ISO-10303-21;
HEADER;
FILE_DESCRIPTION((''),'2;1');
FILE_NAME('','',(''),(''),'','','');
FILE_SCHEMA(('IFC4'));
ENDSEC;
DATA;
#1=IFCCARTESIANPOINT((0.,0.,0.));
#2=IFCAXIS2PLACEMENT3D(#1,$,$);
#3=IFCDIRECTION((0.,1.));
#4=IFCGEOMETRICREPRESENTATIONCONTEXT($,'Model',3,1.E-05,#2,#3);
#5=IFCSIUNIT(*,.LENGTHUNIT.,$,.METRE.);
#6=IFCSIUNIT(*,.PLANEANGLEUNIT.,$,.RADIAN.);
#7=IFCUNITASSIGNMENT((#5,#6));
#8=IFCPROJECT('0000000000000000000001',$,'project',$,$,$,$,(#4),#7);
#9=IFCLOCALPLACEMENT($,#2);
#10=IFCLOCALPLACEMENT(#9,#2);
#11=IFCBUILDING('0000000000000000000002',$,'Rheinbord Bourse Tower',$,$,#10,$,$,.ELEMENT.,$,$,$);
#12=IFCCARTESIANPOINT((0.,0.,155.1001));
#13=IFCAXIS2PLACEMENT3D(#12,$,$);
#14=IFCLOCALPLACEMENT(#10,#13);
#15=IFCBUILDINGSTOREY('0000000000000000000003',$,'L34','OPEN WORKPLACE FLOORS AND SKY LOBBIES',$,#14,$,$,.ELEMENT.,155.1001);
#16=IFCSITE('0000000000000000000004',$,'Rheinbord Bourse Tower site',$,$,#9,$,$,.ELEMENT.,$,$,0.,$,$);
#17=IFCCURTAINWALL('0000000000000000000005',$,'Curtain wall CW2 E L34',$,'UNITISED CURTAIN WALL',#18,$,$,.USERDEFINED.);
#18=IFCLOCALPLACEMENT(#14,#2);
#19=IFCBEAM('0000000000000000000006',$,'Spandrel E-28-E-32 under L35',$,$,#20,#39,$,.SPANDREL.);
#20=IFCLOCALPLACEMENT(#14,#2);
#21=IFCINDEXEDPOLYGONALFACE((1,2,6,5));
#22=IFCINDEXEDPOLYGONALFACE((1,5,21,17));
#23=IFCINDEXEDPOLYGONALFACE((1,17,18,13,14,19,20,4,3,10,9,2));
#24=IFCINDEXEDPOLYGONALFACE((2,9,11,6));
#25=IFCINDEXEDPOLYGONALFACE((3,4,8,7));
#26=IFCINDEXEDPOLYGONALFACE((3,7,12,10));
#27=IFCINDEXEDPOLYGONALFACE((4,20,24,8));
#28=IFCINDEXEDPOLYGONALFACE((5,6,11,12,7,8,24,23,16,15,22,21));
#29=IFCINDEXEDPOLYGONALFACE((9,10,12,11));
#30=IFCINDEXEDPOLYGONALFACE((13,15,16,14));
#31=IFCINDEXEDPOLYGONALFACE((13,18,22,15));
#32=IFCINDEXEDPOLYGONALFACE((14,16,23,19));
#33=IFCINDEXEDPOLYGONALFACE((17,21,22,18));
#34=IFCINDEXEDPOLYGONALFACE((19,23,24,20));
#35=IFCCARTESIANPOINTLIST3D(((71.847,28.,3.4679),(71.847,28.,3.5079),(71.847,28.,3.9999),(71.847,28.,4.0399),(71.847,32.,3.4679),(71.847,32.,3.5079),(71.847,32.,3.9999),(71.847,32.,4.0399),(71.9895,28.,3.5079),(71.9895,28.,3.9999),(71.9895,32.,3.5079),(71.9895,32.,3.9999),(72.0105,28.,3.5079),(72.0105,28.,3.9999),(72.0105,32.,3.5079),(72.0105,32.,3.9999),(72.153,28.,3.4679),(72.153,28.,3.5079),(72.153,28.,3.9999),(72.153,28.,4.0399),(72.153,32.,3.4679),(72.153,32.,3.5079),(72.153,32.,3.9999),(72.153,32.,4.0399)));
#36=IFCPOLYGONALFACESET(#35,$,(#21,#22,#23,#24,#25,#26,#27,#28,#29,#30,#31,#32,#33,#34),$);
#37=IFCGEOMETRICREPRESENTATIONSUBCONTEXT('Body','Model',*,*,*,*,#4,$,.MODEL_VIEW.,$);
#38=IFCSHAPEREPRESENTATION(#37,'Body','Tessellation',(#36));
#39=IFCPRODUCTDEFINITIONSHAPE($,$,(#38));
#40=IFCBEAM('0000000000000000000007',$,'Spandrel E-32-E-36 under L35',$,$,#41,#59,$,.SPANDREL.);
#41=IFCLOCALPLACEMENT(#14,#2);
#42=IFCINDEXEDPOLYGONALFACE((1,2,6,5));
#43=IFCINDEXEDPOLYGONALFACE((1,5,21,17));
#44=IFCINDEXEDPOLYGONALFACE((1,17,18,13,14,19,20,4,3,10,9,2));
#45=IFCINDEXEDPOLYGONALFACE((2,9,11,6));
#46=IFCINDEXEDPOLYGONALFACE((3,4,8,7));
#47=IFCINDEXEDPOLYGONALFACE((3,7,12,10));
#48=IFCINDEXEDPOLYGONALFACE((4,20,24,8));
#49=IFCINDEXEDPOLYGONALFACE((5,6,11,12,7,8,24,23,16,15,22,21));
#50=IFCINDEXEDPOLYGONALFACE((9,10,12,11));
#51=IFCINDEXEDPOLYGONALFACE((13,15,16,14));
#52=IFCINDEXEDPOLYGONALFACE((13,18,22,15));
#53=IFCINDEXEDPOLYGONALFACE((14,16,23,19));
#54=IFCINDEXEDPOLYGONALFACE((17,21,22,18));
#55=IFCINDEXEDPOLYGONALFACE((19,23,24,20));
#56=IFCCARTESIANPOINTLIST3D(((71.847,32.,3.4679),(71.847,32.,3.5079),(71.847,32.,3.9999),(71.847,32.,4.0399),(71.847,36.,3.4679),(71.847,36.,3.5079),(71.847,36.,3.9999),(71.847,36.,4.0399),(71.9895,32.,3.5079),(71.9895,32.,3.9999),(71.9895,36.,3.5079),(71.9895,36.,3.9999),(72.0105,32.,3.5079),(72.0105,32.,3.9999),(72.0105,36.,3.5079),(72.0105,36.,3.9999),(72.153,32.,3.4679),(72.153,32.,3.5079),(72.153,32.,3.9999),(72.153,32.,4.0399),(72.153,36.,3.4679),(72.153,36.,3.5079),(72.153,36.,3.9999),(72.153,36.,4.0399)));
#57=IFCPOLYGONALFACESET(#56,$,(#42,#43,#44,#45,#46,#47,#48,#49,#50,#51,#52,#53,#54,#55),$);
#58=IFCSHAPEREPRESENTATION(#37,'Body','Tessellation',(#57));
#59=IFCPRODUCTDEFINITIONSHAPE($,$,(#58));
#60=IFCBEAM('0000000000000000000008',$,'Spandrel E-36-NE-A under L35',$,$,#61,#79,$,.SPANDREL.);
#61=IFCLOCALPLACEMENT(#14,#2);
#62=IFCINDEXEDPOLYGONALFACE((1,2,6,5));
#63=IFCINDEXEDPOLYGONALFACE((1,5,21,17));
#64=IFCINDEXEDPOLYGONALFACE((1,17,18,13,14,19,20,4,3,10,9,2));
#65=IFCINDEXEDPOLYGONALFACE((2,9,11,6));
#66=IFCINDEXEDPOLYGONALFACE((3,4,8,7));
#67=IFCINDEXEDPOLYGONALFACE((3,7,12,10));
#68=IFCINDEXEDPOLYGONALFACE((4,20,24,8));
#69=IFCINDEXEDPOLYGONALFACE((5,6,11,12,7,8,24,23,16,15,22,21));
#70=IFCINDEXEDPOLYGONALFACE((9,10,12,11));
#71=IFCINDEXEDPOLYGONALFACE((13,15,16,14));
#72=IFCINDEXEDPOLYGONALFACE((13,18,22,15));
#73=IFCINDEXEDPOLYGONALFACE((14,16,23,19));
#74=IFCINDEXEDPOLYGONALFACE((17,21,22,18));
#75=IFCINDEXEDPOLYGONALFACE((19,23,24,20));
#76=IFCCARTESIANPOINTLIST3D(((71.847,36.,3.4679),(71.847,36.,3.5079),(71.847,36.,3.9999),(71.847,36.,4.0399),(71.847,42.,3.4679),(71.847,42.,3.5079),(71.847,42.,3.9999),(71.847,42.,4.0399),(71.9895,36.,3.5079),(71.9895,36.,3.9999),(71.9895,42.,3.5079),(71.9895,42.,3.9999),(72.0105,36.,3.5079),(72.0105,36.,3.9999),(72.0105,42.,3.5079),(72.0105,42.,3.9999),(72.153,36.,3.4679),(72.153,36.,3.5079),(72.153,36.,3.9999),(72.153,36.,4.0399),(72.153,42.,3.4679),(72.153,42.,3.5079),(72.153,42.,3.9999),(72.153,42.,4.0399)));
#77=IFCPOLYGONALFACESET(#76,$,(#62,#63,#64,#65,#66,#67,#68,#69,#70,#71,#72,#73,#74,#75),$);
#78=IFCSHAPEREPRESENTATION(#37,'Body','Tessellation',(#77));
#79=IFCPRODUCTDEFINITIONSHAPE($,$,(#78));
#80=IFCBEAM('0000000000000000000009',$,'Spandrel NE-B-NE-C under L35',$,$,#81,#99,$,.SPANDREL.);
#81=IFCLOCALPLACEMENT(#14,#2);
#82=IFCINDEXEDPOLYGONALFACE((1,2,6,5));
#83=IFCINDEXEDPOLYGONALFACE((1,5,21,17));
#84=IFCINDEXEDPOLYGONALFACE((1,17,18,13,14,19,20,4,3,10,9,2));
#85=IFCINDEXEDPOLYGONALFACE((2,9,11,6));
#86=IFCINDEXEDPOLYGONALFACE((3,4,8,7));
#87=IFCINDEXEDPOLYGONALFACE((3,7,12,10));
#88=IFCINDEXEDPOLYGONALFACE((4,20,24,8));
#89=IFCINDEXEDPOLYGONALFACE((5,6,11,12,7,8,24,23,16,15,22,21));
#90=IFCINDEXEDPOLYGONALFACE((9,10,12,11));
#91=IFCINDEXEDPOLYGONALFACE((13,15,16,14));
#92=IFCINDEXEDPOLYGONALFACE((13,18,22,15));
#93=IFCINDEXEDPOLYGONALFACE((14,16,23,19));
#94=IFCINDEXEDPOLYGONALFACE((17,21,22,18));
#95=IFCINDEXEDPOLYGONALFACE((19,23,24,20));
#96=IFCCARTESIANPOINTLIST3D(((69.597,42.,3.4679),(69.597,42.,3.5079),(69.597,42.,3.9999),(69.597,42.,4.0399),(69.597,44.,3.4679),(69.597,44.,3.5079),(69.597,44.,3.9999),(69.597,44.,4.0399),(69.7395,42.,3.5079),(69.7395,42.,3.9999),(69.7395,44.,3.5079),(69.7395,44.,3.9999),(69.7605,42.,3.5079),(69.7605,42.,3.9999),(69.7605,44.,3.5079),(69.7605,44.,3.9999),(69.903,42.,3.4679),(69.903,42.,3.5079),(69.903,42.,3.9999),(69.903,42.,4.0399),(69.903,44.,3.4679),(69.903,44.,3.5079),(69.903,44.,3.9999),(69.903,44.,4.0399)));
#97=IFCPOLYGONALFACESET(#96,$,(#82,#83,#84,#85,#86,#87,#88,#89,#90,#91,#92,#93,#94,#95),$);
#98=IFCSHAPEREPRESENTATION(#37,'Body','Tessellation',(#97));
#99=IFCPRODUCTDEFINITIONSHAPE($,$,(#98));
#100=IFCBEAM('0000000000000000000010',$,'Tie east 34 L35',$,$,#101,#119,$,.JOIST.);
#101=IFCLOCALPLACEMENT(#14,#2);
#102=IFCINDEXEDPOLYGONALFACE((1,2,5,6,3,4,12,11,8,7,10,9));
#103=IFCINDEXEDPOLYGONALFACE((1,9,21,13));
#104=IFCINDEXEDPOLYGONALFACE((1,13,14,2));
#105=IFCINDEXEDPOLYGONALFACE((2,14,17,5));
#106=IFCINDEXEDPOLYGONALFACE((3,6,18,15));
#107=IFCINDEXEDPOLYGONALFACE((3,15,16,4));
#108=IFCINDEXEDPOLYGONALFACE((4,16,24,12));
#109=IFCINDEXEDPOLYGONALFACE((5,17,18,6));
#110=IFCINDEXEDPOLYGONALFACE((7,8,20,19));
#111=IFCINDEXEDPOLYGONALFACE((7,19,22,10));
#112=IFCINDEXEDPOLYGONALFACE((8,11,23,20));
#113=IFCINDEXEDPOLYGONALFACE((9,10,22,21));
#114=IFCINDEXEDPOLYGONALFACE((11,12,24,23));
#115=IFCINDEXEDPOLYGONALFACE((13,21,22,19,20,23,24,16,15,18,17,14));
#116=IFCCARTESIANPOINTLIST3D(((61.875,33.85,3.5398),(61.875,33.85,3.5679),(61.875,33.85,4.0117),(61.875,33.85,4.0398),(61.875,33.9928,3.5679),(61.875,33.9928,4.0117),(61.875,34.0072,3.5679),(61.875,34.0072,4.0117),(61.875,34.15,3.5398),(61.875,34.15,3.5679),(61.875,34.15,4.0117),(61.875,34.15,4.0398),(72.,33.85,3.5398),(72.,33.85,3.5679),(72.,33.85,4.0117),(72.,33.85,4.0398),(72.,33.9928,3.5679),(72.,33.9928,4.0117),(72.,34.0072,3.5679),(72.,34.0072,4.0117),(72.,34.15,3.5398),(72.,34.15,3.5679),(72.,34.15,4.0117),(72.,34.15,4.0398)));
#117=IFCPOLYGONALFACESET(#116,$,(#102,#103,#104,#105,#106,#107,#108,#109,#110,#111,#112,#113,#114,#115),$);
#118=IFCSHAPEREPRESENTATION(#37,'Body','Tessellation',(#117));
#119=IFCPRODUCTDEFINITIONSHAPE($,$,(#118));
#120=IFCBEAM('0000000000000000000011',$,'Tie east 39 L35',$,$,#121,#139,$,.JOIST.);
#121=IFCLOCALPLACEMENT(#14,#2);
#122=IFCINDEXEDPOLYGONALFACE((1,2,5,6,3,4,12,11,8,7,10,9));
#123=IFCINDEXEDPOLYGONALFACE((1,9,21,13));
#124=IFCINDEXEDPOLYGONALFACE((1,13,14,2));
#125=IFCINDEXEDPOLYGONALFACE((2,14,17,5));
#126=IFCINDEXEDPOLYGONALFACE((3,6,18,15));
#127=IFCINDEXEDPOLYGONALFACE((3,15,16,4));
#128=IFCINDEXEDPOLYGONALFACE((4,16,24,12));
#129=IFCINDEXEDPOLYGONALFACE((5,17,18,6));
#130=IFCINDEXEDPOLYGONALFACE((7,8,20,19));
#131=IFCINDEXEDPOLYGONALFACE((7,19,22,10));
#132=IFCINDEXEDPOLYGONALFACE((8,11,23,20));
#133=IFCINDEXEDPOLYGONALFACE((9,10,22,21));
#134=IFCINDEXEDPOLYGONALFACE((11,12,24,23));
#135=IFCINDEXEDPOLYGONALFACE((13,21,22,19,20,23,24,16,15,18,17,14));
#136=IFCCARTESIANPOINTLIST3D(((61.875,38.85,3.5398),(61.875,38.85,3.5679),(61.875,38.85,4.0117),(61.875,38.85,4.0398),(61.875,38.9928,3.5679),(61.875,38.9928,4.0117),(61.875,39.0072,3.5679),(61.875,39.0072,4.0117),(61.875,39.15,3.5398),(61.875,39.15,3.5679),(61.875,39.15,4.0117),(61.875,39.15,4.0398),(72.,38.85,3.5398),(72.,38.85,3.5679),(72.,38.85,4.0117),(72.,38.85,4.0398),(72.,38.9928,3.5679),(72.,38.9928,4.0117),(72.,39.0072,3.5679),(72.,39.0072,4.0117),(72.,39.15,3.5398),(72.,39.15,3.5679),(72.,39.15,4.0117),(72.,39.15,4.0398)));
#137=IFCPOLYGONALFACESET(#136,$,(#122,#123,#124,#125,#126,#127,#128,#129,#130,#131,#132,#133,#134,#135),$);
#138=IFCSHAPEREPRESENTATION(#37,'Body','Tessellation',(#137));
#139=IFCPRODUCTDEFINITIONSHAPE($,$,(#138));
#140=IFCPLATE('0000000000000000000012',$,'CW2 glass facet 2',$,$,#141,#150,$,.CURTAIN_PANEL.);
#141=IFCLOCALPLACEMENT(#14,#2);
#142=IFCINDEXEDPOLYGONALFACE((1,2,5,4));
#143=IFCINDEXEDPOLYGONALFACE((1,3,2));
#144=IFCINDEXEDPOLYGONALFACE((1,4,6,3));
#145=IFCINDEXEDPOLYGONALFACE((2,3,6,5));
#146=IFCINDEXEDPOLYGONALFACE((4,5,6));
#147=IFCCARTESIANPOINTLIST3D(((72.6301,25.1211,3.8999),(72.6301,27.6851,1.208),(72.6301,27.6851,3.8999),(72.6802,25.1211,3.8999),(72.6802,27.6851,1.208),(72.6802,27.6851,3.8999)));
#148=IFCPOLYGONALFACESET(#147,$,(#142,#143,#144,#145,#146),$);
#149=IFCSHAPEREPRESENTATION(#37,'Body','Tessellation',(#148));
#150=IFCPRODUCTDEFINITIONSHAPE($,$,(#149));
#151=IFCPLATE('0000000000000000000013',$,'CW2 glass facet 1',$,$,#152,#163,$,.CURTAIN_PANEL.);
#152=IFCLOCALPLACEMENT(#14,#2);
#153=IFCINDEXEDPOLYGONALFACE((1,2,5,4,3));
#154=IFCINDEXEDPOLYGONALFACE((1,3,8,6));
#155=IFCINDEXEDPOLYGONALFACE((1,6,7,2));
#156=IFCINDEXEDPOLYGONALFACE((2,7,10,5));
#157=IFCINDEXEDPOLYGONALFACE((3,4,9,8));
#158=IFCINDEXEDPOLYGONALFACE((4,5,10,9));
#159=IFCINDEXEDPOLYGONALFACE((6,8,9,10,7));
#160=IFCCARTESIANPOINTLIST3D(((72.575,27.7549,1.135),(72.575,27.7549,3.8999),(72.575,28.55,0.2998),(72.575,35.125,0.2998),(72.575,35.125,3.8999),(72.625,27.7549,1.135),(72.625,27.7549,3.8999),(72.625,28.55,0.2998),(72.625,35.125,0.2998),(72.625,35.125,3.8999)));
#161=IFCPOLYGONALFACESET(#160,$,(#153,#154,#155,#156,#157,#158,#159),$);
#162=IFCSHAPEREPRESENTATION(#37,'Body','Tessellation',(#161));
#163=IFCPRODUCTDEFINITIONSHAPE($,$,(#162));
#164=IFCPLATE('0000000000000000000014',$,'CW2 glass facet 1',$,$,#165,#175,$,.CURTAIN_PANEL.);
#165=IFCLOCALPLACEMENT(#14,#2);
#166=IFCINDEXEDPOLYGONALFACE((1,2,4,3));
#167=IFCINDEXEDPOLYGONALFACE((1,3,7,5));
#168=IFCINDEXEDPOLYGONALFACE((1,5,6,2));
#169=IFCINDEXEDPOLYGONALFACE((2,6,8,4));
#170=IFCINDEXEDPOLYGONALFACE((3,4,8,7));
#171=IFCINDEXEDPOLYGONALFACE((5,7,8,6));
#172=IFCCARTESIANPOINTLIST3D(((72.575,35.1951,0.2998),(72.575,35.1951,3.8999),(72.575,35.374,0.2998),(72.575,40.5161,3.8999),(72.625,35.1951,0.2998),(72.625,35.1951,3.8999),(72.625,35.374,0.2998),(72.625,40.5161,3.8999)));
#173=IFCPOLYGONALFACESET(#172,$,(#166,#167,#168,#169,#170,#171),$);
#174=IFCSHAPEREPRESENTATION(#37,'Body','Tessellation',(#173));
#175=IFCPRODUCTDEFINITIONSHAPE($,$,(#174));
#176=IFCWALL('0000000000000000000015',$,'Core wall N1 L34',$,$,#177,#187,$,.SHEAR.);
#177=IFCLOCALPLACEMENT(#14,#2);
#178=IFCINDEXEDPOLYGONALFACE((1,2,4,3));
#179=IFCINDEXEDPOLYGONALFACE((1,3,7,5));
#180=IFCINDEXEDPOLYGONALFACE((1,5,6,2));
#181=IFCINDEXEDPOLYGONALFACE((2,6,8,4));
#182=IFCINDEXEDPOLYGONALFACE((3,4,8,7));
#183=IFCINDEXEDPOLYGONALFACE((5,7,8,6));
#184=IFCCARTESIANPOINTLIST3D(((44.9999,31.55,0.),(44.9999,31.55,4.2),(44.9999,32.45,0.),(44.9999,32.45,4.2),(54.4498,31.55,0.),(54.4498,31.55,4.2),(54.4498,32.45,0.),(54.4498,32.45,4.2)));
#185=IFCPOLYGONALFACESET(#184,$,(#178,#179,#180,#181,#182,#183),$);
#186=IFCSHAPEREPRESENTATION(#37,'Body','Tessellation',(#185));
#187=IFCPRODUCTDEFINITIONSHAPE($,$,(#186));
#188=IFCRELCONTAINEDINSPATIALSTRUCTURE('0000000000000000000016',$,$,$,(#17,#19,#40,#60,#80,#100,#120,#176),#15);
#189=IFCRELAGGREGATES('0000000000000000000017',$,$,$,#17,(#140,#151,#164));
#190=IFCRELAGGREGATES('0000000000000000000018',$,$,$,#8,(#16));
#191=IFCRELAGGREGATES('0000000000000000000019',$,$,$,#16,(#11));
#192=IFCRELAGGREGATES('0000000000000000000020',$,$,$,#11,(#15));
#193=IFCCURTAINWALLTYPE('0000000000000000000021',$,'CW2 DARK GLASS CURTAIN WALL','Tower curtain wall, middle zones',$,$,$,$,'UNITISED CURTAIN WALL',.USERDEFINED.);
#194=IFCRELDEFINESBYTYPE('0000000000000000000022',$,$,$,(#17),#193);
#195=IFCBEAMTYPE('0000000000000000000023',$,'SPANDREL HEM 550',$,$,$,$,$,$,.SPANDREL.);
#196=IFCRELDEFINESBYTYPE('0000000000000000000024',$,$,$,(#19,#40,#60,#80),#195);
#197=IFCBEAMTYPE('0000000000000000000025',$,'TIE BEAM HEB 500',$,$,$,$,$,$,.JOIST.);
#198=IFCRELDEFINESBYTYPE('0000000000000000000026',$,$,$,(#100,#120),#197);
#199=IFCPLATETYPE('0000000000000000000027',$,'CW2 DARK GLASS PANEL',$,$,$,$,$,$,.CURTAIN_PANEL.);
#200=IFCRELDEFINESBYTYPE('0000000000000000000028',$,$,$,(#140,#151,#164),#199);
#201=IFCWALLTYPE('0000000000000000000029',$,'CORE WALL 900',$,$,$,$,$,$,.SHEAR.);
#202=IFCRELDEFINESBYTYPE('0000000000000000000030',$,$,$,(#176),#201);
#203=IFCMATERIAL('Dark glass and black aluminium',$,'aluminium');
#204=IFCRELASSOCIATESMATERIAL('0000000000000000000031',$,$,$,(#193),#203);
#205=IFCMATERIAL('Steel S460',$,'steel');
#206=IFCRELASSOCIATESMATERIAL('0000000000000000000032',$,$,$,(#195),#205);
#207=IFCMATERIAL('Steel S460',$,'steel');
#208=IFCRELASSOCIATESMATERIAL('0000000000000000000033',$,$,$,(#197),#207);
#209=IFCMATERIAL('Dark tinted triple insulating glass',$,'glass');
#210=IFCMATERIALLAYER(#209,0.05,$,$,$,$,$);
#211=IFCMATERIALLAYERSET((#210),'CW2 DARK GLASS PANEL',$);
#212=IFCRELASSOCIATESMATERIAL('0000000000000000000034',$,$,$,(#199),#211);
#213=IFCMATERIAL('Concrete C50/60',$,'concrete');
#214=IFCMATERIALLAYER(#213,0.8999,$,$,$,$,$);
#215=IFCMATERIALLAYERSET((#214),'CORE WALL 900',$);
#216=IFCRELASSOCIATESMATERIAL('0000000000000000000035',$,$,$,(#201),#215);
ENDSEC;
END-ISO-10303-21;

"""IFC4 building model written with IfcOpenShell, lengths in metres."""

from ifc_helpers import new_model, si_unit, direction, frame, frame_2d, origin, origin_2d, place, context, subcontext, project, spatial, polyline, rectangle, i_section, outline, extrude, material, layer, layer_set, material_profile, profile_set, type_object, element, aggregate, save


model = new_model("IFC4")

# Units and contexts
model_context = context("Model", 3, precision=1e-05, world=origin(), true_north=direction((0.0, 1.0)))
body_context = subcontext(model_context, "Body", "Model", "MODEL_VIEW")
ifc_project = project(units=[si_unit("LENGTHUNIT", "METRE"), si_unit("PLANEANGLEUNIT", "RADIAN")], contexts=[model_context])

# Site, building, storey
site_placement = place(None, origin())
site = spatial("IfcSite", under=ifc_project, at=site_placement, Name="Rheinbord Bourse Tower site", CompositionType="ELEMENT", RefElevation=0.0)
building_placement = place(site_placement, origin())
building = spatial("IfcBuilding", under=site, at=building_placement, Name="Rheinbord Bourse Tower", CompositionType="ELEMENT")
storey_placement = place(building_placement, frame((0.0, 0.0, 155.1001)))
storey = spatial("IfcBuildingStorey", under=building, at=storey_placement, Name="L34", Description="OPEN WORKPLACE FLOORS AND SKY LOBBIES", CompositionType="ELEMENT", Elevation=155.1001)

# Curtain wall
ifc_material_1 = material(Name="Dark glass and black aluminium", Category="aluminium")
curtain_wall_type = type_object("IfcCurtainWallType", Name="CW2 DARK GLASS CURTAIN WALL", Description="Tower curtain wall, middle zones", ElementType="UNITISED CURTAIN WALL", PredefinedType="USERDEFINED", material=ifc_material_1)
curtain_wall_placement = place(storey_placement, origin())
curtain_wall = element("IfcCurtainWall", 1, at=curtain_wall_placement, inside=storey, type_object=curtain_wall_type, Name="Curtain wall CW2 E L34", ObjectType="UNITISED CURTAIN WALL", PredefinedType="USERDEFINED")

# Beams
ifc_material_2 = material(Name="Steel S460", Category="steel")
ifc_material_profile_1 = material_profile(ifc_material_2, i_section(OverallWidth=0.3059, OverallDepth=0.572, WebThickness=0.021, FlangeThickness=0.04, at=origin_2d()), Name="HEM 550")
ifc_profile_set_1 = profile_set([ifc_material_profile_1], Name="Steel S460")
beam_type_1 = type_object("IfcBeamType", Name="SPANDREL HEM 550", PredefinedType="SPANDREL", material=ifc_profile_set_1)
for number, where, z_axis, x_axis, name in (
    (2, (72.0, 28.0, 3.7539), (0.0, 1.0, 0.0), (-1.0, 0.0, 0.0), "Spandrel E-28-E-32 under L35"),
    (3, (72.0, 32.0, 3.7539), (0.0, 1.0, 0.0), (-1.0, 0.0, 0.0), "Spandrel E-32-E-36 under L35"),
):
    element("IfcBeam", number, at=place(storey_placement, frame(where, z_axis=z_axis, x_axis=x_axis)), inside=storey, type_object=beam_type_1, Name=name, PredefinedType="SPANDREL", context=body_context, shape_type="SweptSolid", body=[
        extrude(i_section(OverallWidth=0.3059, OverallDepth=0.572, WebThickness=0.021, FlangeThickness=0.04, at=origin_2d()), origin(), (0.0, 0.0, 1.0), 4.0),
    ])
beam_1_placement = place(storey_placement, frame((72.0, 36.0, 3.7539), z_axis=(0.0, 1.0, 0.0), x_axis=(-1.0, 0.0, 0.0)))
element("IfcBeam", 4, at=beam_1_placement, inside=storey, type_object=beam_type_1, Name="Spandrel E-36-NE-A under L35", PredefinedType="SPANDREL", context=body_context, shape_type="SweptSolid", body=[
    extrude(i_section(OverallWidth=0.3059, OverallDepth=0.572, WebThickness=0.021, FlangeThickness=0.04, at=origin_2d()), origin(), (0.0, 0.0, 1.0), 6.0),
])
beam_2_placement = place(storey_placement, frame((69.75, 42.0, 3.7539), z_axis=(0.0, 1.0, 0.0), x_axis=(-1.0, 0.0, 0.0)))
element("IfcBeam", 5, at=beam_2_placement, inside=storey, type_object=beam_type_1, Name="Spandrel NE-B-NE-C under L35", PredefinedType="SPANDREL", context=body_context, shape_type="SweptSolid", body=[
    extrude(i_section(OverallWidth=0.3059, OverallDepth=0.572, WebThickness=0.021, FlangeThickness=0.04, at=origin_2d()), origin(), (0.0, 0.0, 1.0), 2.0),
])
ifc_material_3 = material(Name="Steel S460", Category="steel")
ifc_material_profile_2 = material_profile(ifc_material_3, i_section(OverallWidth=0.3, OverallDepth=0.5, WebThickness=0.0144, FlangeThickness=0.0281, at=origin_2d()), Name="HEB 500")
ifc_profile_set_2 = profile_set([ifc_material_profile_2], Name="Steel S460")
beam_type_2 = type_object("IfcBeamType", Name="TIE BEAM HEB 500", PredefinedType="JOIST", material=ifc_profile_set_2)
for number, where, z_axis, x_axis, name in (
    (6, (61.875, 34.0, 3.7898), (1.0, 0.0, 0.0), (0.0, 1.0, 0.0), "Tie east 34 L35"),
    (7, (61.875, 39.0, 3.7898), (1.0, 0.0, 0.0), (0.0, 1.0, 0.0), "Tie east 39 L35"),
):
    element("IfcBeam", number, at=place(storey_placement, frame(where, z_axis=z_axis, x_axis=x_axis)), inside=storey, type_object=beam_type_2, Name=name, PredefinedType="JOIST", context=body_context, shape_type="SweptSolid", body=[
        extrude(i_section(OverallWidth=0.3, OverallDepth=0.5, WebThickness=0.0144, FlangeThickness=0.0281, at=origin_2d()), origin(), (0.0, 0.0, 1.0), 10.125),
    ])

# Plates
ifc_material_4 = material(Name="Dark tinted triple insulating glass", Category="glass")
ifc_layer_1 = layer(ifc_material_4, 0.05)
ifc_layer_set_1 = layer_set([ifc_layer_1], Name="CW2 DARK GLASS PANEL")
plate_type = type_object("IfcPlateType", Name="CW2 DARK GLASS PANEL", PredefinedType="CURTAIN_PANEL", material=ifc_layer_set_1)
plate_1_placement = place(storey_placement, frame((72.6802, 27.6851, 3.8999), z_axis=(-1.0, 0.0, 0.0), x_axis=(0.0, 0.0, -1.0)))
plate_1 = element("IfcPlate", 8, at=plate_1_placement, type_object=plate_type, Name="CW2 glass facet 2", PredefinedType="CURTAIN_PANEL", context=body_context, shape_type="SweptSolid", body=[
    extrude(outline(polyline([(0.0, 0.0), (2.6919, 0.0), (0.0, 2.564), (0.0, 0.0)])), origin(), (0.0, 0.0, 1.0), 0.05),
])
plate_2_placement = place(storey_placement, frame((72.625, 27.7549, 3.8999), z_axis=(-1.0, 0.0, 0.0), x_axis=(0.0, 1.0, 0.0)))
plate_2 = element("IfcPlate", 9, at=plate_2_placement, type_object=plate_type, Name="CW2 glass facet 1", PredefinedType="CURTAIN_PANEL", context=body_context, shape_type="SweptSolid", body=[
    extrude(outline(polyline([(0.0, 0.0), (7.3701, 0.0), (7.3701, 3.6001), (0.7952, 3.6001), (0.0, 2.7649), (0.0, 0.0)])), origin(), (0.0, 0.0, 1.0), 0.05),
])
plate_3_placement = place(storey_placement, frame((72.625, 35.1951, 0.2998), z_axis=(-1.0, 0.0, 0.0), x_axis=(0.0, 0.0, 1.0)))
plate_3 = element("IfcPlate", 10, at=plate_3_placement, type_object=plate_type, Name="CW2 glass facet 1", PredefinedType="CURTAIN_PANEL", context=body_context, shape_type="SweptSolid", body=[
    extrude(outline(polyline([(0.0, 0.0), (3.6001, 0.0), (3.6001, 5.321), (0.0, 0.179), (0.0, 0.0)])), origin(), (0.0, 0.0, 1.0), 0.05),
])
aggregate(curtain_wall, [plate_1, plate_2, plate_3])

# Wall
ifc_material_5 = material(Name="Concrete C50/60", Category="concrete")
ifc_layer_2 = layer(ifc_material_5, 0.8999)
ifc_layer_set_2 = layer_set([ifc_layer_2], Name="CORE WALL 900")
wall_type_1 = type_object("IfcWallType", Name="CORE WALL 900", PredefinedType="SHEAR", material=ifc_layer_set_2)
wall_1_placement = place(storey_placement, frame((54.45, 32.0, 0.0), z_axis=(0.0, 0.0, 1.0), x_axis=(-1.0, 0.0, 0.0)))
element("IfcWall", 11, at=wall_1_placement, inside=storey, type_object=wall_type_1, Name="Core wall N1 L34", PredefinedType="SHEAR", context=body_context, shape_type="SweptSolid", body=[
    extrude(rectangle(XDim=9.45, YDim=0.8999, at=frame_2d((4.7251, 0.0))), origin(), (0.0, 0.0, 1.0), 4.2),
])

save(model, "model.ifc")
